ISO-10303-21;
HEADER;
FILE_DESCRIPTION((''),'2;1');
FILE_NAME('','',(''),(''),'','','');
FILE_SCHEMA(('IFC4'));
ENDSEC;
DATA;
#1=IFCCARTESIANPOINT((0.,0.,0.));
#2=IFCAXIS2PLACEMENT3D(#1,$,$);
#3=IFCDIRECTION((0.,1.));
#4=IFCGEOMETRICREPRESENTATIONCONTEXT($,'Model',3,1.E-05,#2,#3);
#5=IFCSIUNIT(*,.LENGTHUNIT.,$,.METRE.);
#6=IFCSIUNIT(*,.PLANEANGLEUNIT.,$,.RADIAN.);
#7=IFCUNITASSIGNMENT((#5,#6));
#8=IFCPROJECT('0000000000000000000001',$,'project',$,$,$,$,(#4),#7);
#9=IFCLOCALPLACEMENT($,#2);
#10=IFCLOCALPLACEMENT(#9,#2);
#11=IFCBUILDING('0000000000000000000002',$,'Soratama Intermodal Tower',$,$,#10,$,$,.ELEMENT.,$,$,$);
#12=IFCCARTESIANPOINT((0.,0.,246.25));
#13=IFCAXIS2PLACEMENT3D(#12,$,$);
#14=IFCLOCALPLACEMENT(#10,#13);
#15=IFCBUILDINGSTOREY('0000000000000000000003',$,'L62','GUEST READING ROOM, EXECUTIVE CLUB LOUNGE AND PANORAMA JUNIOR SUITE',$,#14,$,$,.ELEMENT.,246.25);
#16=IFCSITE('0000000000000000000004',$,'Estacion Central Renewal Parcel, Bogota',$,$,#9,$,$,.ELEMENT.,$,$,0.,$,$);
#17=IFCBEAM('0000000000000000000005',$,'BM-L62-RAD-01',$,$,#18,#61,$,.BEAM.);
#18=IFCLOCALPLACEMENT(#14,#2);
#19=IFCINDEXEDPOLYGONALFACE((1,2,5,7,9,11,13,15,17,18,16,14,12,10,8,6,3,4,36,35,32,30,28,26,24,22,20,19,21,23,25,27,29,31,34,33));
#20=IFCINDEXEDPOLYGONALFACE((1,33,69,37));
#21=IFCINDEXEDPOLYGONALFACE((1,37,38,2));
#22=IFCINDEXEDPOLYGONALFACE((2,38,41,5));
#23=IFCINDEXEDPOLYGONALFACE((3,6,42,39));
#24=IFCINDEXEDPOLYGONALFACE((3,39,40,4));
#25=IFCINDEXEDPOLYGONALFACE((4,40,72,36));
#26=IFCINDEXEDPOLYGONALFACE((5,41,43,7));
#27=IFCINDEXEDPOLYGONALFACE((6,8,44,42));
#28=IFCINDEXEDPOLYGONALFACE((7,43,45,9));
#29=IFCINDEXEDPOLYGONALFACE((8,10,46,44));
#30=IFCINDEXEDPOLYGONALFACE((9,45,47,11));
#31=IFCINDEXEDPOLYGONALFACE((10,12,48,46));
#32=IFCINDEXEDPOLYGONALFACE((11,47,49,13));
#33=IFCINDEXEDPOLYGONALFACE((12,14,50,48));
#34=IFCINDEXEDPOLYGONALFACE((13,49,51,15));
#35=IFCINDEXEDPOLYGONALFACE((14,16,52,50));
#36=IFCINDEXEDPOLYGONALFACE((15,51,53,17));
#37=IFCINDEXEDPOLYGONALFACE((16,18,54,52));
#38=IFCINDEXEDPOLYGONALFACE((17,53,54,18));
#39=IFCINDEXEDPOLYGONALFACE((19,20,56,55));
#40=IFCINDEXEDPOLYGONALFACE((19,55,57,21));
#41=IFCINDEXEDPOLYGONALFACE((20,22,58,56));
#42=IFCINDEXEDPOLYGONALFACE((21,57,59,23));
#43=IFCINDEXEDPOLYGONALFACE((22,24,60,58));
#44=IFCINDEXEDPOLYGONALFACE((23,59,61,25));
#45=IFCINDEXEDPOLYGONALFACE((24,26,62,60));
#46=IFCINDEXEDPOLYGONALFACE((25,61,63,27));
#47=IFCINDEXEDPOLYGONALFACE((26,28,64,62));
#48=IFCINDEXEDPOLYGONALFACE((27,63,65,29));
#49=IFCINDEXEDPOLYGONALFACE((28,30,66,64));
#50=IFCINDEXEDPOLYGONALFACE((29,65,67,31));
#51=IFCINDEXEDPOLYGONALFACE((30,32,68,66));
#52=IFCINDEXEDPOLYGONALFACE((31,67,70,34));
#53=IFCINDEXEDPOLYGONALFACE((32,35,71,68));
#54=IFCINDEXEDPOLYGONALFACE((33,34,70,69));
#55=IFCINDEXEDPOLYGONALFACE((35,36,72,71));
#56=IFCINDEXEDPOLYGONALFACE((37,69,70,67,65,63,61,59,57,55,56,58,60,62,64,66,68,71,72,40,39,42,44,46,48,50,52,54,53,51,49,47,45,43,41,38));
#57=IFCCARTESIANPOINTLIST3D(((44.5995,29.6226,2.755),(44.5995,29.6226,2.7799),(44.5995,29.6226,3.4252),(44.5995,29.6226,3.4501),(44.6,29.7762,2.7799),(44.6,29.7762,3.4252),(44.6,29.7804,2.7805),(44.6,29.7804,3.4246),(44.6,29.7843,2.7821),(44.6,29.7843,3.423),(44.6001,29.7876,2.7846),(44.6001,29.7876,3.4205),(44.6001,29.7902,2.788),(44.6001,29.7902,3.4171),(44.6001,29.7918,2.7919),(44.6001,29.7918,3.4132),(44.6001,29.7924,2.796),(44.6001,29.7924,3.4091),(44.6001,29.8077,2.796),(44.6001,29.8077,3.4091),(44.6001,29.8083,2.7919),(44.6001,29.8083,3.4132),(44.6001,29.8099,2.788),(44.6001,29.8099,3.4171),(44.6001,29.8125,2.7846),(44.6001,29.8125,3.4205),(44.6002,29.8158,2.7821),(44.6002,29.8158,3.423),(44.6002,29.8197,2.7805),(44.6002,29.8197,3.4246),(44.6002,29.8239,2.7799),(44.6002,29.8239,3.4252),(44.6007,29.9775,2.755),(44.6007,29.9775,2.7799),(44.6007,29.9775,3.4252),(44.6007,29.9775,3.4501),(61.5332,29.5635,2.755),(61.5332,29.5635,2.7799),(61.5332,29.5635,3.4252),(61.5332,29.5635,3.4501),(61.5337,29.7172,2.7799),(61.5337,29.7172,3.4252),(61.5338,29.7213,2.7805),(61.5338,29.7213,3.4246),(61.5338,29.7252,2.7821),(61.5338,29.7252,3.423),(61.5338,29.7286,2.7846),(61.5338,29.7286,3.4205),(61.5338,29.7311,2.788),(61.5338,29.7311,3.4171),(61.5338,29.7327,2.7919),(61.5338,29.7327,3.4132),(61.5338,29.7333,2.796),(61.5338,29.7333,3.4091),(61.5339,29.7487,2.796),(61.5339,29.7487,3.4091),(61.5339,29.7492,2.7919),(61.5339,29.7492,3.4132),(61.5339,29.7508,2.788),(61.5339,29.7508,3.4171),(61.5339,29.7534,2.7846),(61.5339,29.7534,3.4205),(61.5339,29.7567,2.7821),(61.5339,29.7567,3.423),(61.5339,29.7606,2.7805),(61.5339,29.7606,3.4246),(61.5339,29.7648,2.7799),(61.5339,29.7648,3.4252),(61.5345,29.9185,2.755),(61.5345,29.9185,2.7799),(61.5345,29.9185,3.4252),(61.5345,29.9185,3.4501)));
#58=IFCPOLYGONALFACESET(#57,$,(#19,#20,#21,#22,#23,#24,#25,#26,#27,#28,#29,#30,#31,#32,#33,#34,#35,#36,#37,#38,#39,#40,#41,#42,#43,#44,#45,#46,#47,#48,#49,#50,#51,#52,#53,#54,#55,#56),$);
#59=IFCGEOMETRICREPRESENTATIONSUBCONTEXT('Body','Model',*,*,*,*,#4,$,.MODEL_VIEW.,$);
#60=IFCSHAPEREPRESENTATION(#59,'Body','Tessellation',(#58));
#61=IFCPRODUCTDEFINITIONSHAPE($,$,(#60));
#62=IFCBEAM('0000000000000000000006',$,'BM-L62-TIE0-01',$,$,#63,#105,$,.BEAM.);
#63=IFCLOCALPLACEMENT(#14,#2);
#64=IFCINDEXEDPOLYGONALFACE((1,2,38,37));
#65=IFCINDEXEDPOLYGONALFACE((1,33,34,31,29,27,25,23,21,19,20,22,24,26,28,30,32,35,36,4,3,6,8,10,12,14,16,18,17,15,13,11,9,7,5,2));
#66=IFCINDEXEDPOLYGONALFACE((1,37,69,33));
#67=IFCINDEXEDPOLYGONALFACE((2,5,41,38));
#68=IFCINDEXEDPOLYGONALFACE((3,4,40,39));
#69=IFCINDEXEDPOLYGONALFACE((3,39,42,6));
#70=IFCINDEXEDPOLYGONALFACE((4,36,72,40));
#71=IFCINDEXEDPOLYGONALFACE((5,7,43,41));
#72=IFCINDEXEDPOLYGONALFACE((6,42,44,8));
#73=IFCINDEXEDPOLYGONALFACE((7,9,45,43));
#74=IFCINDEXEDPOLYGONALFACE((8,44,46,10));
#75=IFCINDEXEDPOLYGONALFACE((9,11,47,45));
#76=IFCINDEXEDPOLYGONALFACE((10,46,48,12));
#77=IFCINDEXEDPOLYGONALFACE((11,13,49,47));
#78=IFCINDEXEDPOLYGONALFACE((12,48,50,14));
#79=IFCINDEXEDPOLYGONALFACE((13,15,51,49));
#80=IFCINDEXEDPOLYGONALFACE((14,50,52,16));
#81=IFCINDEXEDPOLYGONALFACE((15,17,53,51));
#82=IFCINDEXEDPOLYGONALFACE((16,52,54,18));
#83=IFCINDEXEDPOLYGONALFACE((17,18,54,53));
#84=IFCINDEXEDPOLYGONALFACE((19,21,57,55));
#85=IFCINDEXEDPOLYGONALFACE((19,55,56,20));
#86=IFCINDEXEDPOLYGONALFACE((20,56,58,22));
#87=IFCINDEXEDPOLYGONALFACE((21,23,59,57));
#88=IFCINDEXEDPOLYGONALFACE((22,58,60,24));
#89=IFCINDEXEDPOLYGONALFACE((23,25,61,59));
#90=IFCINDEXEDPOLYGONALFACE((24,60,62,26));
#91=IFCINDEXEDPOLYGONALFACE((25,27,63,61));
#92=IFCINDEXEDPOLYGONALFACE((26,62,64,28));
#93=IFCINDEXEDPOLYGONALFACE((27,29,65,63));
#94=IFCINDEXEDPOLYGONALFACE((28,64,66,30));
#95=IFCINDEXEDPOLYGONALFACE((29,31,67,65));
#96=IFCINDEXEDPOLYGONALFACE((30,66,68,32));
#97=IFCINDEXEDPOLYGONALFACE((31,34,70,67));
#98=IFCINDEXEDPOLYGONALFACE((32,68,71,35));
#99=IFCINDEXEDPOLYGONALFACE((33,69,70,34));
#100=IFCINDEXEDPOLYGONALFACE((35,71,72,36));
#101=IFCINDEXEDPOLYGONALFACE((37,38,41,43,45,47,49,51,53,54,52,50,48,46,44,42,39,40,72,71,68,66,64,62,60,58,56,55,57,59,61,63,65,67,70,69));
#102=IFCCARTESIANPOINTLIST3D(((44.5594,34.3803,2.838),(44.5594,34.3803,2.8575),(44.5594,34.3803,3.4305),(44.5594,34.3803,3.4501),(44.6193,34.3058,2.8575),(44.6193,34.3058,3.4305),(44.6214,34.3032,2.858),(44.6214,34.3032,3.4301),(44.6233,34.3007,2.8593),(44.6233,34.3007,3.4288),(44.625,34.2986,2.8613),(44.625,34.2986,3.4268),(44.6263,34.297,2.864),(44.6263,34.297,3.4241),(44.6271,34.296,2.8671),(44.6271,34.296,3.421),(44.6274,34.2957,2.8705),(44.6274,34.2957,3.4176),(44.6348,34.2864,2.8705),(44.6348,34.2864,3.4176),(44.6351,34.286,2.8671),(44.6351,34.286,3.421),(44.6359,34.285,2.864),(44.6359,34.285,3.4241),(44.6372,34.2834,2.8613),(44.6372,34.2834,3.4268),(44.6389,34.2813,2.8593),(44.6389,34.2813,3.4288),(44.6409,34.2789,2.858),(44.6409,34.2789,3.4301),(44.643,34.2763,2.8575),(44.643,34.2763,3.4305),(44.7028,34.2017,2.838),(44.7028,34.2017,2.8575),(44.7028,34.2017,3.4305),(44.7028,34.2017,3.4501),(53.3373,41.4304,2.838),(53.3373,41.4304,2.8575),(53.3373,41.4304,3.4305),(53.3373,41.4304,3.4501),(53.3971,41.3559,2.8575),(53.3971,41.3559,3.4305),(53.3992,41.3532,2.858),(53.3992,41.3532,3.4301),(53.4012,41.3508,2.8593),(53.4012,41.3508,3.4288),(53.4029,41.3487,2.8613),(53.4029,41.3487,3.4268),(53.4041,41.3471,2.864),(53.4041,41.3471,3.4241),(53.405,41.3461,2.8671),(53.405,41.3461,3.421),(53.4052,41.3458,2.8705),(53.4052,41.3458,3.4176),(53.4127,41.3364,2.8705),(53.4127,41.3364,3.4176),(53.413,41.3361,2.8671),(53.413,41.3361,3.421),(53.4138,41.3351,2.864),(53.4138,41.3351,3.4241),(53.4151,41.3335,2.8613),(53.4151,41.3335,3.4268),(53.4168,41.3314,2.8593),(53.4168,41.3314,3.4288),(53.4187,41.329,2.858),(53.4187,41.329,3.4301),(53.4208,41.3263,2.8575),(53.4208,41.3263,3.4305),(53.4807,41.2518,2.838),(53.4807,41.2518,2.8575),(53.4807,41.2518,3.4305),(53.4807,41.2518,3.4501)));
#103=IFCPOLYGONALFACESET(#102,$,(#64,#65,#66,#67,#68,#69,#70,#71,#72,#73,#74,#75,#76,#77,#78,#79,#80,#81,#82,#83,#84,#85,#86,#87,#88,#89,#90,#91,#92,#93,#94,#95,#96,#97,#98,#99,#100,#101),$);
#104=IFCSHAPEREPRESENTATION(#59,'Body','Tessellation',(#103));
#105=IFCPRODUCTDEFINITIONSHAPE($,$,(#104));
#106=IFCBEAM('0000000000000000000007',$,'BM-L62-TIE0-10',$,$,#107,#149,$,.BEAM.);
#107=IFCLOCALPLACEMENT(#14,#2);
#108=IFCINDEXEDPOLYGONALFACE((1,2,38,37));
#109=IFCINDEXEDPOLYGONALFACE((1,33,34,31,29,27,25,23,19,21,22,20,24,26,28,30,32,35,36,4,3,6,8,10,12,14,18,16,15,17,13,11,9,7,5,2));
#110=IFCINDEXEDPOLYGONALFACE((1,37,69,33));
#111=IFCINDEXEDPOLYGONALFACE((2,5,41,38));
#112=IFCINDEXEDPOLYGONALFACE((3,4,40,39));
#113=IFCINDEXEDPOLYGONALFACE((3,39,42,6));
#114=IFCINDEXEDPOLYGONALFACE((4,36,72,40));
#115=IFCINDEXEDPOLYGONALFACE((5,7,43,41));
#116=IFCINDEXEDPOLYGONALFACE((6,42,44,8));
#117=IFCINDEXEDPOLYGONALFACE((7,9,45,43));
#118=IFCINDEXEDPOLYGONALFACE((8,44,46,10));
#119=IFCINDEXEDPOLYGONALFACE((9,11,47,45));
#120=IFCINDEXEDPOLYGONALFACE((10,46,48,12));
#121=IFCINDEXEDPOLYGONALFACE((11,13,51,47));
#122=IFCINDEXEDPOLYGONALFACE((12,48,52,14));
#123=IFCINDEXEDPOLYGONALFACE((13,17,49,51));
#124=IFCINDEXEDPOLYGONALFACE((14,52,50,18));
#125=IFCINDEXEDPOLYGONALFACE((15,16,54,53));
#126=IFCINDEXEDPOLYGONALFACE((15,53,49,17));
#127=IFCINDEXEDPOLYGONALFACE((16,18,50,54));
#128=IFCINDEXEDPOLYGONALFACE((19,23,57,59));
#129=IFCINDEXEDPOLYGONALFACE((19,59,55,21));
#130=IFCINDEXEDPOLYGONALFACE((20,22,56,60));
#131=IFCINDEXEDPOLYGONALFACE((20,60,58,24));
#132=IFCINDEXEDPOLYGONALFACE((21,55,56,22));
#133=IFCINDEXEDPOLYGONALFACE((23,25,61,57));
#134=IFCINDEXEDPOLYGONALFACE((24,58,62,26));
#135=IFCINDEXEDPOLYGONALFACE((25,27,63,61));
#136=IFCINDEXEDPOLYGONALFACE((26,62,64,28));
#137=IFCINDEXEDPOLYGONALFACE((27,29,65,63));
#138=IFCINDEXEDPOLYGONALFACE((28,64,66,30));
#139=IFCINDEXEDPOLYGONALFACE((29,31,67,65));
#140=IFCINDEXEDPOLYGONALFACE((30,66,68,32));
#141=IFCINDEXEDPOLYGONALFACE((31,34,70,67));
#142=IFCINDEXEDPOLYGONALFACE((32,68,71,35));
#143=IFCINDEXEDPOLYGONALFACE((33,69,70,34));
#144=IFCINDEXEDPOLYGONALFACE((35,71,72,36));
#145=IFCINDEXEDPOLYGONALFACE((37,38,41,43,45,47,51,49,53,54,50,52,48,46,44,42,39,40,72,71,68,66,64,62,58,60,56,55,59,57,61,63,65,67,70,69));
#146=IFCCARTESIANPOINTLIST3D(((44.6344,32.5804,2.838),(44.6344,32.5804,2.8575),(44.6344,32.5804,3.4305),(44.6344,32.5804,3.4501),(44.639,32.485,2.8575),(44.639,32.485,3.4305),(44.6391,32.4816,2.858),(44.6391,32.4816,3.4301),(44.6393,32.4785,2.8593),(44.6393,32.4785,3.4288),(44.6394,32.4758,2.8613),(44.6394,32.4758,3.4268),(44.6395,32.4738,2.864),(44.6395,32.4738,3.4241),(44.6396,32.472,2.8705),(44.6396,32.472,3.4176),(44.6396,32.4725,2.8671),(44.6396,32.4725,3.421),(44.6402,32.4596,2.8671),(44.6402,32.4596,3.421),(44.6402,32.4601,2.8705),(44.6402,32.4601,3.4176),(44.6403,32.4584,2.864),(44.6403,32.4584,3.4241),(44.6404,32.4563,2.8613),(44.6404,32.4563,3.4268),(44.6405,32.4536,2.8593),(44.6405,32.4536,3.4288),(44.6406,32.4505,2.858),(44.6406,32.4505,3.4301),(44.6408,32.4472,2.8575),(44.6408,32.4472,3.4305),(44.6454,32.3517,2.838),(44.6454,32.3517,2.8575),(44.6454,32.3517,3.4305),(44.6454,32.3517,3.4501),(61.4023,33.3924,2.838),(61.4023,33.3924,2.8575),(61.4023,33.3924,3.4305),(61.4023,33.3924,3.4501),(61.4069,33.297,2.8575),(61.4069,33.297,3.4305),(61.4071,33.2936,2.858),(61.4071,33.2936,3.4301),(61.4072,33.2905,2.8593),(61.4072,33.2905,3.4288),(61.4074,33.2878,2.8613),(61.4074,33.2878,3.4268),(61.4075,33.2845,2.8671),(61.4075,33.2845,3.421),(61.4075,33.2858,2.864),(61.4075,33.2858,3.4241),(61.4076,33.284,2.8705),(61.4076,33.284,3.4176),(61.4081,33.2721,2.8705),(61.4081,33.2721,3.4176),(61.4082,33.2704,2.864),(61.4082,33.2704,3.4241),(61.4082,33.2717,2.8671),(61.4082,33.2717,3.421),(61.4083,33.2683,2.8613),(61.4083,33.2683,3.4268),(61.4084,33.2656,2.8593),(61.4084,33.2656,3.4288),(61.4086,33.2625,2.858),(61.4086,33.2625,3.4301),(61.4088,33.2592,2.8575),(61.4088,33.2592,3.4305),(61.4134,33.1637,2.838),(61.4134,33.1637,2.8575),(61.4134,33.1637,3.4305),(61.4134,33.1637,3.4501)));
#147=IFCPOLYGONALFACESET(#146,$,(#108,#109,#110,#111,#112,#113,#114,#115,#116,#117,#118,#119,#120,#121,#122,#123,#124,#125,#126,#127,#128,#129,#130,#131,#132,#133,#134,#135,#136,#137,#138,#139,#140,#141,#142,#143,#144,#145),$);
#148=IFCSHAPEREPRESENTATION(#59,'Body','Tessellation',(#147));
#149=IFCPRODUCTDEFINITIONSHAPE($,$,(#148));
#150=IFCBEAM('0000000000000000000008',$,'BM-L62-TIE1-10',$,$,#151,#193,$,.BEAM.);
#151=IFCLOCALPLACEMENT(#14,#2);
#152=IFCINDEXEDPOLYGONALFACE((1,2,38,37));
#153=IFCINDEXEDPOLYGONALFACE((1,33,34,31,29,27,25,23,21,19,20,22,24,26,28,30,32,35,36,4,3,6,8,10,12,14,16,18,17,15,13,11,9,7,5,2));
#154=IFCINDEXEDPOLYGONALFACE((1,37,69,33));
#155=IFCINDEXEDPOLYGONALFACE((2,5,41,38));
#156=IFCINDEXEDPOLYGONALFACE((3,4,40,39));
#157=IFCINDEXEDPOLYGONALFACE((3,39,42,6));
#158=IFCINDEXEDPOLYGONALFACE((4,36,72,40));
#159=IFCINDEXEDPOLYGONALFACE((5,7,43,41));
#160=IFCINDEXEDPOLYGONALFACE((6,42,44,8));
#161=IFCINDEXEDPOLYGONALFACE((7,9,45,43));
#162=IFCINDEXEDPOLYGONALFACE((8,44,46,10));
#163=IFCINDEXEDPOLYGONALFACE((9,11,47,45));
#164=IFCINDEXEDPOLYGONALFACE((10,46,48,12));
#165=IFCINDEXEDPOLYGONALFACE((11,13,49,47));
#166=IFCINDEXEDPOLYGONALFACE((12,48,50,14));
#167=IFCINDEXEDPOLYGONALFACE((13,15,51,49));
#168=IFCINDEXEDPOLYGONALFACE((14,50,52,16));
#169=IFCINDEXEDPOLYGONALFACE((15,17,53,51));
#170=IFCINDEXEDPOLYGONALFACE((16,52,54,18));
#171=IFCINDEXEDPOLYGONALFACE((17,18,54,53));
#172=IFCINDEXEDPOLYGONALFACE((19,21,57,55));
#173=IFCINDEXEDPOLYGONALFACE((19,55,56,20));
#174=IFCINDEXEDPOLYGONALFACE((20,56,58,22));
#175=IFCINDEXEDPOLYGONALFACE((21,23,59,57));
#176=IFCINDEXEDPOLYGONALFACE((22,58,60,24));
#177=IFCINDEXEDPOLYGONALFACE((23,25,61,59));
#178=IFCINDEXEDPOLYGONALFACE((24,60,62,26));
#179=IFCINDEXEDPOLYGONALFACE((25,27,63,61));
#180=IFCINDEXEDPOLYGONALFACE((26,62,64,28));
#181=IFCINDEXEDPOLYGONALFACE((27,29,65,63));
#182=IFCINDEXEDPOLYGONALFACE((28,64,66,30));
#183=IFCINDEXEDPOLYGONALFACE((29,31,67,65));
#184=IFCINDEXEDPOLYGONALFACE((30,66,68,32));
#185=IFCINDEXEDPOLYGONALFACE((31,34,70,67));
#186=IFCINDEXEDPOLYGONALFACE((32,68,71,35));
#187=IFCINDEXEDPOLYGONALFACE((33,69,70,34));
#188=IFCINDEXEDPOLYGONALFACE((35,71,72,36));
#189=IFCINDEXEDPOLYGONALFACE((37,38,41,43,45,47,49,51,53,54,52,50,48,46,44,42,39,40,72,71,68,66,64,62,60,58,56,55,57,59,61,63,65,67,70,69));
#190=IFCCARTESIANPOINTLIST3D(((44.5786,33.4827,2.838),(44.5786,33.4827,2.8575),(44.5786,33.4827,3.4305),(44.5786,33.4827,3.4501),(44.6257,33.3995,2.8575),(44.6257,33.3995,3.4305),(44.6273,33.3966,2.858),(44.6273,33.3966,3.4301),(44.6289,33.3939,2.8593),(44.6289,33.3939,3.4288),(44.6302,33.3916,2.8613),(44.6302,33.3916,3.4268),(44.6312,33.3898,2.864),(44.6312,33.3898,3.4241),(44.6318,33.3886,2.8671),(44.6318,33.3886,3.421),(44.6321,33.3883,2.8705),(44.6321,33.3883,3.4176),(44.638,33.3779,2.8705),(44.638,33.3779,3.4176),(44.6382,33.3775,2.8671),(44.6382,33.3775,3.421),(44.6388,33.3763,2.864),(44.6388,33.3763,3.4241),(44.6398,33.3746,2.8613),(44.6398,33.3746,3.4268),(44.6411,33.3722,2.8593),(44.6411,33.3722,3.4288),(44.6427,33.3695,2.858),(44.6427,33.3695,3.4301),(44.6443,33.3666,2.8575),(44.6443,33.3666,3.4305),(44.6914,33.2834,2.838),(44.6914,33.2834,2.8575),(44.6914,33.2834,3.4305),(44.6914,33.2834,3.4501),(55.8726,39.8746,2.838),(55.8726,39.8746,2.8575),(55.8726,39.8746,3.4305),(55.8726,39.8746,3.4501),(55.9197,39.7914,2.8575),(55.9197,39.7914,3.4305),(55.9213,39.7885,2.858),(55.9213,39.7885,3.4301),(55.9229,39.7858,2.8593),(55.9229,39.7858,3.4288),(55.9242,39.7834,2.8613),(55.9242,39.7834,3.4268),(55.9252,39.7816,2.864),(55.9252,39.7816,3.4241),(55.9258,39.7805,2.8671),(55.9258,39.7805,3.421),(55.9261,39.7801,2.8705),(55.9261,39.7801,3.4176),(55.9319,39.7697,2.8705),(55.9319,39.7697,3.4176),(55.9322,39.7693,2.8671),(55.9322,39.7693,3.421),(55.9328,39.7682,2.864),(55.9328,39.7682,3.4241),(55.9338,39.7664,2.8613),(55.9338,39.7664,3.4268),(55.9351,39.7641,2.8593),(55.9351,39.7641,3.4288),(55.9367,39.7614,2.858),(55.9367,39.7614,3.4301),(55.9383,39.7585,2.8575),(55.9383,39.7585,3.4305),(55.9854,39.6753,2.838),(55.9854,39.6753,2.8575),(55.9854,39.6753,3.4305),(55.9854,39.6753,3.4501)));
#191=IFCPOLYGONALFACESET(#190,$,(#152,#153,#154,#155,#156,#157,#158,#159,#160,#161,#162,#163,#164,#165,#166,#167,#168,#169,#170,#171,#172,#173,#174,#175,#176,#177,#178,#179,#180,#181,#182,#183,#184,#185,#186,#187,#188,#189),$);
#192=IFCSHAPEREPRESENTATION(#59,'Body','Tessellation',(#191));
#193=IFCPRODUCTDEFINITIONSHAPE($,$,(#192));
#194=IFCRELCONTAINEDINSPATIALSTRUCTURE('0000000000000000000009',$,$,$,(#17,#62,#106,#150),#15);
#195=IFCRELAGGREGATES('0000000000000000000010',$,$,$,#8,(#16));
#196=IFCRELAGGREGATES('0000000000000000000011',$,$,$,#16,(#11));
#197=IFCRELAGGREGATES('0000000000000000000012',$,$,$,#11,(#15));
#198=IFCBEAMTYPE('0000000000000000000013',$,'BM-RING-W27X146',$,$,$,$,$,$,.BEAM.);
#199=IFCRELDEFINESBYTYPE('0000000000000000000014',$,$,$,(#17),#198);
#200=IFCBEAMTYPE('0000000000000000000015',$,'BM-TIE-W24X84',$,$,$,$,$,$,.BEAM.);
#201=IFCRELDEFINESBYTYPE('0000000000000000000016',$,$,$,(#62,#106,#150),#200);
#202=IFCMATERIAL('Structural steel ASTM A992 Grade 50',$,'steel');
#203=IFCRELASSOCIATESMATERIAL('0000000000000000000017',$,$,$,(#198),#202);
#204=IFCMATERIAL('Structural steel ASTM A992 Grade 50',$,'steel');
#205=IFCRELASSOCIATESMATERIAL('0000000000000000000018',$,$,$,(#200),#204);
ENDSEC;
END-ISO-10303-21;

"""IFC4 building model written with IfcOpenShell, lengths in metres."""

from ifc_helpers import new_model, si_unit, direction, frame, origin, origin_2d, place, context, subcontext, project, spatial, i_section, extrude, material, material_profile, profile_set, type_object, element, save


model = new_model("IFC4")

# Units and contexts
model_context = context("Model", 3, precision=1e-05, world=origin(), true_north=direction((0.0, 1.0)))
body_context = subcontext(model_context, "Body", "Model", "MODEL_VIEW")
ifc_project = project(units=[si_unit("LENGTHUNIT", "METRE"), si_unit("PLANEANGLEUNIT", "RADIAN")], contexts=[model_context])

# Site, building, storey
site_placement = place(None, origin())
site = spatial("IfcSite", under=ifc_project, at=site_placement, Name="Estacion Central Renewal Parcel, Bogota", CompositionType="ELEMENT", RefElevation=0.0)
building_placement = place(site_placement, origin())
building = spatial("IfcBuilding", under=site, at=building_placement, Name="Soratama Intermodal Tower", CompositionType="ELEMENT")
storey_placement = place(building_placement, frame((0.0, 0.0, 246.25)))
storey = spatial("IfcBuildingStorey", under=building, at=storey_placement, Name="L62", Description="GUEST READING ROOM, EXECUTIVE CLUB LOUNGE AND PANORAMA JUNIOR SUITE", CompositionType="ELEMENT", Elevation=246.25)

# Beams
ifc_material_1 = material(Name="Structural steel ASTM A992 Grade 50", Category="steel")
ifc_material_profile_1 = material_profile(ifc_material_1, i_section(OverallWidth=0.355, OverallDepth=0.6951, WebThickness=0.0154, FlangeThickness=0.0249, FilletRadius=0.0161, at=origin_2d()), Name="W27X146")
ifc_profile_set_1 = profile_set([ifc_material_profile_1], Name="Structural steel ASTM A992 Grade 50")
beam_type_1 = type_object("IfcBeamType", Name="BM-RING-W27X146", PredefinedType="BEAM", material=ifc_profile_set_1)
beam_1_placement = place(storey_placement, frame((44.6001, 29.8, 3.1025), z_axis=(0.999994, -0.003489, 0.0), x_axis=(0.003489, 0.999994, 0.0)))
element("IfcBeam", 1, at=beam_1_placement, inside=storey, type_object=beam_type_1, Name="BM-L62-RAD-01", PredefinedType="BEAM", context=body_context, shape_type="SweptSolid", body=[
    extrude(i_section(OverallWidth=0.355, OverallDepth=0.6951, WebThickness=0.0154, FlangeThickness=0.0249, FilletRadius=0.0161, at=origin_2d()), origin(), (0.0, 0.0, 1.0), 16.9338),
])
ifc_material_2 = material(Name="Structural steel ASTM A992 Grade 50", Category="steel")
ifc_material_profile_2 = material_profile(ifc_material_2, i_section(OverallWidth=0.229, OverallDepth=0.6121, WebThickness=0.012, FlangeThickness=0.0195, FilletRadius=0.0129, at=origin_2d()), Name="W24X84")
ifc_profile_set_2 = profile_set([ifc_material_profile_2], Name="Structural steel ASTM A992 Grade 50")
beam_type_2 = type_object("IfcBeamType", Name="BM-TIE-W24X84", PredefinedType="BEAM", material=ifc_profile_set_2)
beam_2_placement = place(storey_placement, frame((44.6311, 34.291, 3.144), z_axis=(0.779664, 0.626199, 0.0), x_axis=(-0.626199, 0.779664, 0.0)))
element("IfcBeam", 2, at=beam_2_placement, inside=storey, type_object=beam_type_2, Name="BM-L62-TIE0-01", PredefinedType="BEAM", context=body_context, shape_type="SweptSolid", body=[
    extrude(i_section(OverallWidth=0.229, OverallDepth=0.6121, WebThickness=0.012, FlangeThickness=0.0195, FilletRadius=0.0129, at=origin_2d()), origin(), (0.0, 0.0, 1.0), 11.2585),
])
beam_3_placement = place(storey_placement, frame((44.6399, 32.4661, 3.144), z_axis=(0.99883, 0.048369, 0.0), x_axis=(-0.048369, 0.99883, 0.0)))
element("IfcBeam", 3, at=beam_3_placement, inside=storey, type_object=beam_type_2, Name="BM-L62-TIE0-10", PredefinedType="BEAM", context=body_context, shape_type="SweptSolid", body=[
    extrude(i_section(OverallWidth=0.229, OverallDepth=0.6121, WebThickness=0.012, FlangeThickness=0.0195, FilletRadius=0.0129, at=origin_2d()), origin(), (0.0, 0.0, 1.0), 16.7876),
])
beam_4_placement = place(storey_placement, frame((44.635, 33.3831, 3.144), z_axis=(0.870288, 0.492543, 0.0), x_axis=(-0.492543, 0.870288, 0.0)))
element("IfcBeam", 4, at=beam_4_placement, inside=storey, type_object=beam_type_2, Name="BM-L62-TIE1-10", PredefinedType="BEAM", context=body_context, shape_type="SweptSolid", body=[
    extrude(i_section(OverallWidth=0.229, OverallDepth=0.6121, WebThickness=0.012, FlangeThickness=0.0195, FilletRadius=0.0129, at=origin_2d()), origin(), (0.0, 0.0, 1.0), 12.9773),
])

save(model, "model.ifc")
